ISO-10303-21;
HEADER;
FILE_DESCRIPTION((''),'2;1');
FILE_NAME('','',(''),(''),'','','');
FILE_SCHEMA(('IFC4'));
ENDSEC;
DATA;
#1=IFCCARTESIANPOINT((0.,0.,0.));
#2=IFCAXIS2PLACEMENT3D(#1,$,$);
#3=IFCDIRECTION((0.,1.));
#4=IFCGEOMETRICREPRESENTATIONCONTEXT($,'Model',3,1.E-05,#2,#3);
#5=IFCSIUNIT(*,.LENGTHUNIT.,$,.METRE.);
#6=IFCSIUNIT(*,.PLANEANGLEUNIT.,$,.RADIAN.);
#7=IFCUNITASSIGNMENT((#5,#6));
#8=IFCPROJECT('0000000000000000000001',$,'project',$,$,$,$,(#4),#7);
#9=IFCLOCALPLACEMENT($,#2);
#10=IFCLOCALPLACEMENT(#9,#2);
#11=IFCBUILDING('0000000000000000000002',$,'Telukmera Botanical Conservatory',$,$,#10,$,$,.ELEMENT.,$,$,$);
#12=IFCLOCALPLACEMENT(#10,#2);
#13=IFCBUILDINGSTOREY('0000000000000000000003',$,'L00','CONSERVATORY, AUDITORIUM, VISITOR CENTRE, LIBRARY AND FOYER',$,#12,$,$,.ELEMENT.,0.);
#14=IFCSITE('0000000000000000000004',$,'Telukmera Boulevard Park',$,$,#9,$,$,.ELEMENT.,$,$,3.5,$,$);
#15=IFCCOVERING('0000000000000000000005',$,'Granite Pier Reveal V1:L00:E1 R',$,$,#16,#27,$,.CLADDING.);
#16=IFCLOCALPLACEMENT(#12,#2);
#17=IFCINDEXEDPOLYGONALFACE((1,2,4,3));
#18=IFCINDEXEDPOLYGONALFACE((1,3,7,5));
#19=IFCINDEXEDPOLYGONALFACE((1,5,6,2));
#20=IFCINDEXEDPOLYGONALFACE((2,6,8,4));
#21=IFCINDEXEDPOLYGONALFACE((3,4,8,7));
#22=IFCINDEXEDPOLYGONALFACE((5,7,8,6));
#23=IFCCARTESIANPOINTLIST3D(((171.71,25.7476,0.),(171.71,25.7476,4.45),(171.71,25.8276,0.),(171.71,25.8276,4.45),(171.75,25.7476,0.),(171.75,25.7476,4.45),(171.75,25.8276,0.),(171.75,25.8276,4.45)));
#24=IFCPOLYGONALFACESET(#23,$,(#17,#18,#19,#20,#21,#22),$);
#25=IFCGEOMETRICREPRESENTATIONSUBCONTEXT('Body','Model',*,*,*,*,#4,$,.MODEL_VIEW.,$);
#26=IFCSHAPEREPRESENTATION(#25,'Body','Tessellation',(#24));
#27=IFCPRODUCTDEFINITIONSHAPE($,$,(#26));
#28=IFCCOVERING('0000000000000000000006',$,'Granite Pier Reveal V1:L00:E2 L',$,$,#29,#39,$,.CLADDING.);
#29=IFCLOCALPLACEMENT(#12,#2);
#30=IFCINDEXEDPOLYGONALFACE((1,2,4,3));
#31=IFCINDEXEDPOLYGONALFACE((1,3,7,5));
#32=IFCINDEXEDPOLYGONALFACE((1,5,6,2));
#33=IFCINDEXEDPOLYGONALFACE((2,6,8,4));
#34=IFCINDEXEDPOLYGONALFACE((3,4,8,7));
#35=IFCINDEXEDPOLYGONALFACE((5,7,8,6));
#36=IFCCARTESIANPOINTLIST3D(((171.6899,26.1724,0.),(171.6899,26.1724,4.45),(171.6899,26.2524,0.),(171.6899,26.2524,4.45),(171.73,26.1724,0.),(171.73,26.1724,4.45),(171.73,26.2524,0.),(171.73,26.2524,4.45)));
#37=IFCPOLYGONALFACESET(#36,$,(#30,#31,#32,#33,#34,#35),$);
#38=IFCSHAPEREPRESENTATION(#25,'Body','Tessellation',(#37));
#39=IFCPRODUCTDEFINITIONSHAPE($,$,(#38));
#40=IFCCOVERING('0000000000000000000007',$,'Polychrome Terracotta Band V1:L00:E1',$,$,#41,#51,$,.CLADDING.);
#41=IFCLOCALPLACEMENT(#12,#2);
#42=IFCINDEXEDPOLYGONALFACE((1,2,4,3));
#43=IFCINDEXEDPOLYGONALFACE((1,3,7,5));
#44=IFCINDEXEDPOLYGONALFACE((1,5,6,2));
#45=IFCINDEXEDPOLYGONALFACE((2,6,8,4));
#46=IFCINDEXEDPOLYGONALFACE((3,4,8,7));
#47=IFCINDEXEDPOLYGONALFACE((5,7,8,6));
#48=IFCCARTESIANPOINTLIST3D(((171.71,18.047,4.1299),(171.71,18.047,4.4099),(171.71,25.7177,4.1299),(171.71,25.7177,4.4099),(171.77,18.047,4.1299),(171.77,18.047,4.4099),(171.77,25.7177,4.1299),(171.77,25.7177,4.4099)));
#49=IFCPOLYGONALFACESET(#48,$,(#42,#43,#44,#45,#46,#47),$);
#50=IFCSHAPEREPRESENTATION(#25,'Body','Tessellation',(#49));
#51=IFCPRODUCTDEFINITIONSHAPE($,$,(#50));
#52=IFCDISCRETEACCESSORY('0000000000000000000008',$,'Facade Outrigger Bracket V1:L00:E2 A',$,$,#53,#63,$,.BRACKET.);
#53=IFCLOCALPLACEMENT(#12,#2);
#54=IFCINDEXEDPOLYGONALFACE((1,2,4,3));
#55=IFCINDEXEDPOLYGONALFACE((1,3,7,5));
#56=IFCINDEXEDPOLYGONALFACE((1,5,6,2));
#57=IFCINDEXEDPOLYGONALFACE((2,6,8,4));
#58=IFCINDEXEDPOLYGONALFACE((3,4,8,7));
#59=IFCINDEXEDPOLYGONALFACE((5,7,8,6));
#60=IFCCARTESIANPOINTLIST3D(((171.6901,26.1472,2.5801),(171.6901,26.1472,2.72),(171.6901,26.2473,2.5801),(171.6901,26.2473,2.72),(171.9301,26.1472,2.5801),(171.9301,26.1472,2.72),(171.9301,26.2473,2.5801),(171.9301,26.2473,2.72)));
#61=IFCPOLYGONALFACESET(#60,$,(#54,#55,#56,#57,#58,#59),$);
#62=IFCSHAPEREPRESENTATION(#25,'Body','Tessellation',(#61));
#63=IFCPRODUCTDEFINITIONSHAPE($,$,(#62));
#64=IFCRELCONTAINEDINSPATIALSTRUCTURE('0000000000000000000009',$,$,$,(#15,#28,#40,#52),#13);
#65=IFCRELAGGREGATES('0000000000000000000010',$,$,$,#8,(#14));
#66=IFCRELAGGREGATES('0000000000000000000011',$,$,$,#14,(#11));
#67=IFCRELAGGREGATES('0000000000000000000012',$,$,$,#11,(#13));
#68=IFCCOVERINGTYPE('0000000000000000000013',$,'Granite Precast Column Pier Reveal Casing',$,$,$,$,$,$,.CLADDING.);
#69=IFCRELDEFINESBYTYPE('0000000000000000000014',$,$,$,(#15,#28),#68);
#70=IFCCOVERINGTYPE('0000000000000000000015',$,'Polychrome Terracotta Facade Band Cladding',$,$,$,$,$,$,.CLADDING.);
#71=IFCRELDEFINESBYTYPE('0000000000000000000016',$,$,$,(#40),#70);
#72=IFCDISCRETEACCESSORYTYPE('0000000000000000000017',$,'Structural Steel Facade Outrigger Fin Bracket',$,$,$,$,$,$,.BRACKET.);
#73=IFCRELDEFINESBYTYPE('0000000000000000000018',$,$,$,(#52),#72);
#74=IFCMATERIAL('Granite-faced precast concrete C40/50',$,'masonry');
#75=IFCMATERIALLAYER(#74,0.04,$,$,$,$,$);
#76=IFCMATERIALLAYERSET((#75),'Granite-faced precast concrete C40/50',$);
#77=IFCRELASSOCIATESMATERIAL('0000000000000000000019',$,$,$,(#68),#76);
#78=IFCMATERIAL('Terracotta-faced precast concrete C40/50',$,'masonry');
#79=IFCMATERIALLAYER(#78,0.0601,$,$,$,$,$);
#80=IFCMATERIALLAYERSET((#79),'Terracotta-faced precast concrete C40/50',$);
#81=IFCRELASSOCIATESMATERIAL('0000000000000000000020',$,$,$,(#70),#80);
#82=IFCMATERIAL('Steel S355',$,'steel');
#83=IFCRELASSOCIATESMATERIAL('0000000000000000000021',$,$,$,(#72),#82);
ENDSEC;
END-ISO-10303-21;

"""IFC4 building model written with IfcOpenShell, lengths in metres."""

from ifc_helpers import new_model, si_unit, direction, frame, origin, origin_2d, place, context, subcontext, project, spatial, rectangle, extrude, material, layer, layer_set, type_object, element, save


model = new_model("IFC4")

# Units and contexts
model_context = context("Model", 3, precision=1e-05, world=origin(), true_north=direction((0.0, 1.0)))
body_context = subcontext(model_context, "Body", "Model", "MODEL_VIEW")
ifc_project = project(units=[si_unit("LENGTHUNIT", "METRE"), si_unit("PLANEANGLEUNIT", "RADIAN")], contexts=[model_context])

# Site, building, storey
site_placement = place(None, origin())
site = spatial("IfcSite", under=ifc_project, at=site_placement, Name="Telukmera Boulevard Park", CompositionType="ELEMENT", RefElevation=3.5)
building_placement = place(site_placement, origin())
building = spatial("IfcBuilding", under=site, at=building_placement, Name="Telukmera Botanical Conservatory", CompositionType="ELEMENT")
storey_placement = place(building_placement, origin())
storey = spatial("IfcBuildingStorey", under=building, at=storey_placement, Name="L00", Description="CONSERVATORY, AUDITORIUM, VISITOR CENTRE, LIBRARY AND FOYER", CompositionType="ELEMENT", Elevation=0.0)

# Shared definitions
ifc_material_1 = material(Name="Steel S355", Category="steel")

# Coverings
ifc_material_2 = material(Name="Granite-faced precast concrete C40/50", Category="masonry")
ifc_layer_1 = layer(ifc_material_2, 0.04)
ifc_layer_set_1 = layer_set([ifc_layer_1], Name="Granite-faced precast concrete C40/50")
covering_type_1 = type_object("IfcCoveringType", Name="Granite Precast Column Pier Reveal Casing", PredefinedType="CLADDING", material=ifc_layer_set_1)
for number, where, z_axis, x_axis, name in (
    (1, (171.73, 25.7876, 0.0), (0.0, 0.0, 1.0), (0.0, 1.0, 0.0), "Granite Pier Reveal V1:L00:E1 R"),
    (2, (171.71, 26.2124, 0.0), (0.0, 0.0, 1.0), (0.0, 1.0, 0.0), "Granite Pier Reveal V1:L00:E2 L"),
):
    element("IfcCovering", number, at=place(storey_placement, frame(where, z_axis=z_axis, x_axis=x_axis)), inside=storey, type_object=covering_type_1, Name=name, PredefinedType="CLADDING", context=body_context, shape_type="SweptSolid", body=[
        extrude(rectangle(XDim=0.0801, YDim=0.04, at=origin_2d()), origin(), (0.0, 0.0, 1.0), 4.45),
    ])
ifc_material_3 = material(Name="Terracotta-faced precast concrete C40/50", Category="masonry")
ifc_layer_2 = layer(ifc_material_3, 0.0601)
ifc_layer_set_2 = layer_set([ifc_layer_2], Name="Terracotta-faced precast concrete C40/50")
covering_type_2 = type_object("IfcCoveringType", Name="Polychrome Terracotta Facade Band Cladding", PredefinedType="CLADDING", material=ifc_layer_set_2)
covering_placement = place(storey_placement, frame((171.74, 21.8823, 4.1299), z_axis=(0.0, 0.0, 1.0), x_axis=(0.0, 1.0, 0.0)))
element("IfcCovering", 3, at=covering_placement, inside=storey, type_object=covering_type_2, Name="Polychrome Terracotta Band V1:L00:E1", PredefinedType="CLADDING", context=body_context, shape_type="SweptSolid", body=[
    extrude(rectangle(XDim=7.6707, YDim=0.0601, at=origin_2d()), origin(), (0.0, 0.0, 1.0), 0.28),
])

# Discrete accessory
discrete_accessory_type = type_object("IfcDiscreteAccessoryType", Name="Structural Steel Facade Outrigger Fin Bracket", PredefinedType="BRACKET", material=ifc_material_1)
discrete_accessory_placement = place(storey_placement, frame((171.8101, 26.1973, 2.5801), z_axis=(0.0, 0.0, 1.0), x_axis=(0.0, 1.0, 0.0)))
element("IfcDiscreteAccessory", 4, at=discrete_accessory_placement, inside=storey, type_object=discrete_accessory_type, Name="Facade Outrigger Bracket V1:L00:E2 A", PredefinedType="BRACKET", context=body_context, shape_type="SweptSolid", body=[
    extrude(rectangle(XDim=0.1001, YDim=0.24, at=origin_2d()), origin(), (0.0, 0.0, 1.0), 0.1399),
])

save(model, "model.ifc")
